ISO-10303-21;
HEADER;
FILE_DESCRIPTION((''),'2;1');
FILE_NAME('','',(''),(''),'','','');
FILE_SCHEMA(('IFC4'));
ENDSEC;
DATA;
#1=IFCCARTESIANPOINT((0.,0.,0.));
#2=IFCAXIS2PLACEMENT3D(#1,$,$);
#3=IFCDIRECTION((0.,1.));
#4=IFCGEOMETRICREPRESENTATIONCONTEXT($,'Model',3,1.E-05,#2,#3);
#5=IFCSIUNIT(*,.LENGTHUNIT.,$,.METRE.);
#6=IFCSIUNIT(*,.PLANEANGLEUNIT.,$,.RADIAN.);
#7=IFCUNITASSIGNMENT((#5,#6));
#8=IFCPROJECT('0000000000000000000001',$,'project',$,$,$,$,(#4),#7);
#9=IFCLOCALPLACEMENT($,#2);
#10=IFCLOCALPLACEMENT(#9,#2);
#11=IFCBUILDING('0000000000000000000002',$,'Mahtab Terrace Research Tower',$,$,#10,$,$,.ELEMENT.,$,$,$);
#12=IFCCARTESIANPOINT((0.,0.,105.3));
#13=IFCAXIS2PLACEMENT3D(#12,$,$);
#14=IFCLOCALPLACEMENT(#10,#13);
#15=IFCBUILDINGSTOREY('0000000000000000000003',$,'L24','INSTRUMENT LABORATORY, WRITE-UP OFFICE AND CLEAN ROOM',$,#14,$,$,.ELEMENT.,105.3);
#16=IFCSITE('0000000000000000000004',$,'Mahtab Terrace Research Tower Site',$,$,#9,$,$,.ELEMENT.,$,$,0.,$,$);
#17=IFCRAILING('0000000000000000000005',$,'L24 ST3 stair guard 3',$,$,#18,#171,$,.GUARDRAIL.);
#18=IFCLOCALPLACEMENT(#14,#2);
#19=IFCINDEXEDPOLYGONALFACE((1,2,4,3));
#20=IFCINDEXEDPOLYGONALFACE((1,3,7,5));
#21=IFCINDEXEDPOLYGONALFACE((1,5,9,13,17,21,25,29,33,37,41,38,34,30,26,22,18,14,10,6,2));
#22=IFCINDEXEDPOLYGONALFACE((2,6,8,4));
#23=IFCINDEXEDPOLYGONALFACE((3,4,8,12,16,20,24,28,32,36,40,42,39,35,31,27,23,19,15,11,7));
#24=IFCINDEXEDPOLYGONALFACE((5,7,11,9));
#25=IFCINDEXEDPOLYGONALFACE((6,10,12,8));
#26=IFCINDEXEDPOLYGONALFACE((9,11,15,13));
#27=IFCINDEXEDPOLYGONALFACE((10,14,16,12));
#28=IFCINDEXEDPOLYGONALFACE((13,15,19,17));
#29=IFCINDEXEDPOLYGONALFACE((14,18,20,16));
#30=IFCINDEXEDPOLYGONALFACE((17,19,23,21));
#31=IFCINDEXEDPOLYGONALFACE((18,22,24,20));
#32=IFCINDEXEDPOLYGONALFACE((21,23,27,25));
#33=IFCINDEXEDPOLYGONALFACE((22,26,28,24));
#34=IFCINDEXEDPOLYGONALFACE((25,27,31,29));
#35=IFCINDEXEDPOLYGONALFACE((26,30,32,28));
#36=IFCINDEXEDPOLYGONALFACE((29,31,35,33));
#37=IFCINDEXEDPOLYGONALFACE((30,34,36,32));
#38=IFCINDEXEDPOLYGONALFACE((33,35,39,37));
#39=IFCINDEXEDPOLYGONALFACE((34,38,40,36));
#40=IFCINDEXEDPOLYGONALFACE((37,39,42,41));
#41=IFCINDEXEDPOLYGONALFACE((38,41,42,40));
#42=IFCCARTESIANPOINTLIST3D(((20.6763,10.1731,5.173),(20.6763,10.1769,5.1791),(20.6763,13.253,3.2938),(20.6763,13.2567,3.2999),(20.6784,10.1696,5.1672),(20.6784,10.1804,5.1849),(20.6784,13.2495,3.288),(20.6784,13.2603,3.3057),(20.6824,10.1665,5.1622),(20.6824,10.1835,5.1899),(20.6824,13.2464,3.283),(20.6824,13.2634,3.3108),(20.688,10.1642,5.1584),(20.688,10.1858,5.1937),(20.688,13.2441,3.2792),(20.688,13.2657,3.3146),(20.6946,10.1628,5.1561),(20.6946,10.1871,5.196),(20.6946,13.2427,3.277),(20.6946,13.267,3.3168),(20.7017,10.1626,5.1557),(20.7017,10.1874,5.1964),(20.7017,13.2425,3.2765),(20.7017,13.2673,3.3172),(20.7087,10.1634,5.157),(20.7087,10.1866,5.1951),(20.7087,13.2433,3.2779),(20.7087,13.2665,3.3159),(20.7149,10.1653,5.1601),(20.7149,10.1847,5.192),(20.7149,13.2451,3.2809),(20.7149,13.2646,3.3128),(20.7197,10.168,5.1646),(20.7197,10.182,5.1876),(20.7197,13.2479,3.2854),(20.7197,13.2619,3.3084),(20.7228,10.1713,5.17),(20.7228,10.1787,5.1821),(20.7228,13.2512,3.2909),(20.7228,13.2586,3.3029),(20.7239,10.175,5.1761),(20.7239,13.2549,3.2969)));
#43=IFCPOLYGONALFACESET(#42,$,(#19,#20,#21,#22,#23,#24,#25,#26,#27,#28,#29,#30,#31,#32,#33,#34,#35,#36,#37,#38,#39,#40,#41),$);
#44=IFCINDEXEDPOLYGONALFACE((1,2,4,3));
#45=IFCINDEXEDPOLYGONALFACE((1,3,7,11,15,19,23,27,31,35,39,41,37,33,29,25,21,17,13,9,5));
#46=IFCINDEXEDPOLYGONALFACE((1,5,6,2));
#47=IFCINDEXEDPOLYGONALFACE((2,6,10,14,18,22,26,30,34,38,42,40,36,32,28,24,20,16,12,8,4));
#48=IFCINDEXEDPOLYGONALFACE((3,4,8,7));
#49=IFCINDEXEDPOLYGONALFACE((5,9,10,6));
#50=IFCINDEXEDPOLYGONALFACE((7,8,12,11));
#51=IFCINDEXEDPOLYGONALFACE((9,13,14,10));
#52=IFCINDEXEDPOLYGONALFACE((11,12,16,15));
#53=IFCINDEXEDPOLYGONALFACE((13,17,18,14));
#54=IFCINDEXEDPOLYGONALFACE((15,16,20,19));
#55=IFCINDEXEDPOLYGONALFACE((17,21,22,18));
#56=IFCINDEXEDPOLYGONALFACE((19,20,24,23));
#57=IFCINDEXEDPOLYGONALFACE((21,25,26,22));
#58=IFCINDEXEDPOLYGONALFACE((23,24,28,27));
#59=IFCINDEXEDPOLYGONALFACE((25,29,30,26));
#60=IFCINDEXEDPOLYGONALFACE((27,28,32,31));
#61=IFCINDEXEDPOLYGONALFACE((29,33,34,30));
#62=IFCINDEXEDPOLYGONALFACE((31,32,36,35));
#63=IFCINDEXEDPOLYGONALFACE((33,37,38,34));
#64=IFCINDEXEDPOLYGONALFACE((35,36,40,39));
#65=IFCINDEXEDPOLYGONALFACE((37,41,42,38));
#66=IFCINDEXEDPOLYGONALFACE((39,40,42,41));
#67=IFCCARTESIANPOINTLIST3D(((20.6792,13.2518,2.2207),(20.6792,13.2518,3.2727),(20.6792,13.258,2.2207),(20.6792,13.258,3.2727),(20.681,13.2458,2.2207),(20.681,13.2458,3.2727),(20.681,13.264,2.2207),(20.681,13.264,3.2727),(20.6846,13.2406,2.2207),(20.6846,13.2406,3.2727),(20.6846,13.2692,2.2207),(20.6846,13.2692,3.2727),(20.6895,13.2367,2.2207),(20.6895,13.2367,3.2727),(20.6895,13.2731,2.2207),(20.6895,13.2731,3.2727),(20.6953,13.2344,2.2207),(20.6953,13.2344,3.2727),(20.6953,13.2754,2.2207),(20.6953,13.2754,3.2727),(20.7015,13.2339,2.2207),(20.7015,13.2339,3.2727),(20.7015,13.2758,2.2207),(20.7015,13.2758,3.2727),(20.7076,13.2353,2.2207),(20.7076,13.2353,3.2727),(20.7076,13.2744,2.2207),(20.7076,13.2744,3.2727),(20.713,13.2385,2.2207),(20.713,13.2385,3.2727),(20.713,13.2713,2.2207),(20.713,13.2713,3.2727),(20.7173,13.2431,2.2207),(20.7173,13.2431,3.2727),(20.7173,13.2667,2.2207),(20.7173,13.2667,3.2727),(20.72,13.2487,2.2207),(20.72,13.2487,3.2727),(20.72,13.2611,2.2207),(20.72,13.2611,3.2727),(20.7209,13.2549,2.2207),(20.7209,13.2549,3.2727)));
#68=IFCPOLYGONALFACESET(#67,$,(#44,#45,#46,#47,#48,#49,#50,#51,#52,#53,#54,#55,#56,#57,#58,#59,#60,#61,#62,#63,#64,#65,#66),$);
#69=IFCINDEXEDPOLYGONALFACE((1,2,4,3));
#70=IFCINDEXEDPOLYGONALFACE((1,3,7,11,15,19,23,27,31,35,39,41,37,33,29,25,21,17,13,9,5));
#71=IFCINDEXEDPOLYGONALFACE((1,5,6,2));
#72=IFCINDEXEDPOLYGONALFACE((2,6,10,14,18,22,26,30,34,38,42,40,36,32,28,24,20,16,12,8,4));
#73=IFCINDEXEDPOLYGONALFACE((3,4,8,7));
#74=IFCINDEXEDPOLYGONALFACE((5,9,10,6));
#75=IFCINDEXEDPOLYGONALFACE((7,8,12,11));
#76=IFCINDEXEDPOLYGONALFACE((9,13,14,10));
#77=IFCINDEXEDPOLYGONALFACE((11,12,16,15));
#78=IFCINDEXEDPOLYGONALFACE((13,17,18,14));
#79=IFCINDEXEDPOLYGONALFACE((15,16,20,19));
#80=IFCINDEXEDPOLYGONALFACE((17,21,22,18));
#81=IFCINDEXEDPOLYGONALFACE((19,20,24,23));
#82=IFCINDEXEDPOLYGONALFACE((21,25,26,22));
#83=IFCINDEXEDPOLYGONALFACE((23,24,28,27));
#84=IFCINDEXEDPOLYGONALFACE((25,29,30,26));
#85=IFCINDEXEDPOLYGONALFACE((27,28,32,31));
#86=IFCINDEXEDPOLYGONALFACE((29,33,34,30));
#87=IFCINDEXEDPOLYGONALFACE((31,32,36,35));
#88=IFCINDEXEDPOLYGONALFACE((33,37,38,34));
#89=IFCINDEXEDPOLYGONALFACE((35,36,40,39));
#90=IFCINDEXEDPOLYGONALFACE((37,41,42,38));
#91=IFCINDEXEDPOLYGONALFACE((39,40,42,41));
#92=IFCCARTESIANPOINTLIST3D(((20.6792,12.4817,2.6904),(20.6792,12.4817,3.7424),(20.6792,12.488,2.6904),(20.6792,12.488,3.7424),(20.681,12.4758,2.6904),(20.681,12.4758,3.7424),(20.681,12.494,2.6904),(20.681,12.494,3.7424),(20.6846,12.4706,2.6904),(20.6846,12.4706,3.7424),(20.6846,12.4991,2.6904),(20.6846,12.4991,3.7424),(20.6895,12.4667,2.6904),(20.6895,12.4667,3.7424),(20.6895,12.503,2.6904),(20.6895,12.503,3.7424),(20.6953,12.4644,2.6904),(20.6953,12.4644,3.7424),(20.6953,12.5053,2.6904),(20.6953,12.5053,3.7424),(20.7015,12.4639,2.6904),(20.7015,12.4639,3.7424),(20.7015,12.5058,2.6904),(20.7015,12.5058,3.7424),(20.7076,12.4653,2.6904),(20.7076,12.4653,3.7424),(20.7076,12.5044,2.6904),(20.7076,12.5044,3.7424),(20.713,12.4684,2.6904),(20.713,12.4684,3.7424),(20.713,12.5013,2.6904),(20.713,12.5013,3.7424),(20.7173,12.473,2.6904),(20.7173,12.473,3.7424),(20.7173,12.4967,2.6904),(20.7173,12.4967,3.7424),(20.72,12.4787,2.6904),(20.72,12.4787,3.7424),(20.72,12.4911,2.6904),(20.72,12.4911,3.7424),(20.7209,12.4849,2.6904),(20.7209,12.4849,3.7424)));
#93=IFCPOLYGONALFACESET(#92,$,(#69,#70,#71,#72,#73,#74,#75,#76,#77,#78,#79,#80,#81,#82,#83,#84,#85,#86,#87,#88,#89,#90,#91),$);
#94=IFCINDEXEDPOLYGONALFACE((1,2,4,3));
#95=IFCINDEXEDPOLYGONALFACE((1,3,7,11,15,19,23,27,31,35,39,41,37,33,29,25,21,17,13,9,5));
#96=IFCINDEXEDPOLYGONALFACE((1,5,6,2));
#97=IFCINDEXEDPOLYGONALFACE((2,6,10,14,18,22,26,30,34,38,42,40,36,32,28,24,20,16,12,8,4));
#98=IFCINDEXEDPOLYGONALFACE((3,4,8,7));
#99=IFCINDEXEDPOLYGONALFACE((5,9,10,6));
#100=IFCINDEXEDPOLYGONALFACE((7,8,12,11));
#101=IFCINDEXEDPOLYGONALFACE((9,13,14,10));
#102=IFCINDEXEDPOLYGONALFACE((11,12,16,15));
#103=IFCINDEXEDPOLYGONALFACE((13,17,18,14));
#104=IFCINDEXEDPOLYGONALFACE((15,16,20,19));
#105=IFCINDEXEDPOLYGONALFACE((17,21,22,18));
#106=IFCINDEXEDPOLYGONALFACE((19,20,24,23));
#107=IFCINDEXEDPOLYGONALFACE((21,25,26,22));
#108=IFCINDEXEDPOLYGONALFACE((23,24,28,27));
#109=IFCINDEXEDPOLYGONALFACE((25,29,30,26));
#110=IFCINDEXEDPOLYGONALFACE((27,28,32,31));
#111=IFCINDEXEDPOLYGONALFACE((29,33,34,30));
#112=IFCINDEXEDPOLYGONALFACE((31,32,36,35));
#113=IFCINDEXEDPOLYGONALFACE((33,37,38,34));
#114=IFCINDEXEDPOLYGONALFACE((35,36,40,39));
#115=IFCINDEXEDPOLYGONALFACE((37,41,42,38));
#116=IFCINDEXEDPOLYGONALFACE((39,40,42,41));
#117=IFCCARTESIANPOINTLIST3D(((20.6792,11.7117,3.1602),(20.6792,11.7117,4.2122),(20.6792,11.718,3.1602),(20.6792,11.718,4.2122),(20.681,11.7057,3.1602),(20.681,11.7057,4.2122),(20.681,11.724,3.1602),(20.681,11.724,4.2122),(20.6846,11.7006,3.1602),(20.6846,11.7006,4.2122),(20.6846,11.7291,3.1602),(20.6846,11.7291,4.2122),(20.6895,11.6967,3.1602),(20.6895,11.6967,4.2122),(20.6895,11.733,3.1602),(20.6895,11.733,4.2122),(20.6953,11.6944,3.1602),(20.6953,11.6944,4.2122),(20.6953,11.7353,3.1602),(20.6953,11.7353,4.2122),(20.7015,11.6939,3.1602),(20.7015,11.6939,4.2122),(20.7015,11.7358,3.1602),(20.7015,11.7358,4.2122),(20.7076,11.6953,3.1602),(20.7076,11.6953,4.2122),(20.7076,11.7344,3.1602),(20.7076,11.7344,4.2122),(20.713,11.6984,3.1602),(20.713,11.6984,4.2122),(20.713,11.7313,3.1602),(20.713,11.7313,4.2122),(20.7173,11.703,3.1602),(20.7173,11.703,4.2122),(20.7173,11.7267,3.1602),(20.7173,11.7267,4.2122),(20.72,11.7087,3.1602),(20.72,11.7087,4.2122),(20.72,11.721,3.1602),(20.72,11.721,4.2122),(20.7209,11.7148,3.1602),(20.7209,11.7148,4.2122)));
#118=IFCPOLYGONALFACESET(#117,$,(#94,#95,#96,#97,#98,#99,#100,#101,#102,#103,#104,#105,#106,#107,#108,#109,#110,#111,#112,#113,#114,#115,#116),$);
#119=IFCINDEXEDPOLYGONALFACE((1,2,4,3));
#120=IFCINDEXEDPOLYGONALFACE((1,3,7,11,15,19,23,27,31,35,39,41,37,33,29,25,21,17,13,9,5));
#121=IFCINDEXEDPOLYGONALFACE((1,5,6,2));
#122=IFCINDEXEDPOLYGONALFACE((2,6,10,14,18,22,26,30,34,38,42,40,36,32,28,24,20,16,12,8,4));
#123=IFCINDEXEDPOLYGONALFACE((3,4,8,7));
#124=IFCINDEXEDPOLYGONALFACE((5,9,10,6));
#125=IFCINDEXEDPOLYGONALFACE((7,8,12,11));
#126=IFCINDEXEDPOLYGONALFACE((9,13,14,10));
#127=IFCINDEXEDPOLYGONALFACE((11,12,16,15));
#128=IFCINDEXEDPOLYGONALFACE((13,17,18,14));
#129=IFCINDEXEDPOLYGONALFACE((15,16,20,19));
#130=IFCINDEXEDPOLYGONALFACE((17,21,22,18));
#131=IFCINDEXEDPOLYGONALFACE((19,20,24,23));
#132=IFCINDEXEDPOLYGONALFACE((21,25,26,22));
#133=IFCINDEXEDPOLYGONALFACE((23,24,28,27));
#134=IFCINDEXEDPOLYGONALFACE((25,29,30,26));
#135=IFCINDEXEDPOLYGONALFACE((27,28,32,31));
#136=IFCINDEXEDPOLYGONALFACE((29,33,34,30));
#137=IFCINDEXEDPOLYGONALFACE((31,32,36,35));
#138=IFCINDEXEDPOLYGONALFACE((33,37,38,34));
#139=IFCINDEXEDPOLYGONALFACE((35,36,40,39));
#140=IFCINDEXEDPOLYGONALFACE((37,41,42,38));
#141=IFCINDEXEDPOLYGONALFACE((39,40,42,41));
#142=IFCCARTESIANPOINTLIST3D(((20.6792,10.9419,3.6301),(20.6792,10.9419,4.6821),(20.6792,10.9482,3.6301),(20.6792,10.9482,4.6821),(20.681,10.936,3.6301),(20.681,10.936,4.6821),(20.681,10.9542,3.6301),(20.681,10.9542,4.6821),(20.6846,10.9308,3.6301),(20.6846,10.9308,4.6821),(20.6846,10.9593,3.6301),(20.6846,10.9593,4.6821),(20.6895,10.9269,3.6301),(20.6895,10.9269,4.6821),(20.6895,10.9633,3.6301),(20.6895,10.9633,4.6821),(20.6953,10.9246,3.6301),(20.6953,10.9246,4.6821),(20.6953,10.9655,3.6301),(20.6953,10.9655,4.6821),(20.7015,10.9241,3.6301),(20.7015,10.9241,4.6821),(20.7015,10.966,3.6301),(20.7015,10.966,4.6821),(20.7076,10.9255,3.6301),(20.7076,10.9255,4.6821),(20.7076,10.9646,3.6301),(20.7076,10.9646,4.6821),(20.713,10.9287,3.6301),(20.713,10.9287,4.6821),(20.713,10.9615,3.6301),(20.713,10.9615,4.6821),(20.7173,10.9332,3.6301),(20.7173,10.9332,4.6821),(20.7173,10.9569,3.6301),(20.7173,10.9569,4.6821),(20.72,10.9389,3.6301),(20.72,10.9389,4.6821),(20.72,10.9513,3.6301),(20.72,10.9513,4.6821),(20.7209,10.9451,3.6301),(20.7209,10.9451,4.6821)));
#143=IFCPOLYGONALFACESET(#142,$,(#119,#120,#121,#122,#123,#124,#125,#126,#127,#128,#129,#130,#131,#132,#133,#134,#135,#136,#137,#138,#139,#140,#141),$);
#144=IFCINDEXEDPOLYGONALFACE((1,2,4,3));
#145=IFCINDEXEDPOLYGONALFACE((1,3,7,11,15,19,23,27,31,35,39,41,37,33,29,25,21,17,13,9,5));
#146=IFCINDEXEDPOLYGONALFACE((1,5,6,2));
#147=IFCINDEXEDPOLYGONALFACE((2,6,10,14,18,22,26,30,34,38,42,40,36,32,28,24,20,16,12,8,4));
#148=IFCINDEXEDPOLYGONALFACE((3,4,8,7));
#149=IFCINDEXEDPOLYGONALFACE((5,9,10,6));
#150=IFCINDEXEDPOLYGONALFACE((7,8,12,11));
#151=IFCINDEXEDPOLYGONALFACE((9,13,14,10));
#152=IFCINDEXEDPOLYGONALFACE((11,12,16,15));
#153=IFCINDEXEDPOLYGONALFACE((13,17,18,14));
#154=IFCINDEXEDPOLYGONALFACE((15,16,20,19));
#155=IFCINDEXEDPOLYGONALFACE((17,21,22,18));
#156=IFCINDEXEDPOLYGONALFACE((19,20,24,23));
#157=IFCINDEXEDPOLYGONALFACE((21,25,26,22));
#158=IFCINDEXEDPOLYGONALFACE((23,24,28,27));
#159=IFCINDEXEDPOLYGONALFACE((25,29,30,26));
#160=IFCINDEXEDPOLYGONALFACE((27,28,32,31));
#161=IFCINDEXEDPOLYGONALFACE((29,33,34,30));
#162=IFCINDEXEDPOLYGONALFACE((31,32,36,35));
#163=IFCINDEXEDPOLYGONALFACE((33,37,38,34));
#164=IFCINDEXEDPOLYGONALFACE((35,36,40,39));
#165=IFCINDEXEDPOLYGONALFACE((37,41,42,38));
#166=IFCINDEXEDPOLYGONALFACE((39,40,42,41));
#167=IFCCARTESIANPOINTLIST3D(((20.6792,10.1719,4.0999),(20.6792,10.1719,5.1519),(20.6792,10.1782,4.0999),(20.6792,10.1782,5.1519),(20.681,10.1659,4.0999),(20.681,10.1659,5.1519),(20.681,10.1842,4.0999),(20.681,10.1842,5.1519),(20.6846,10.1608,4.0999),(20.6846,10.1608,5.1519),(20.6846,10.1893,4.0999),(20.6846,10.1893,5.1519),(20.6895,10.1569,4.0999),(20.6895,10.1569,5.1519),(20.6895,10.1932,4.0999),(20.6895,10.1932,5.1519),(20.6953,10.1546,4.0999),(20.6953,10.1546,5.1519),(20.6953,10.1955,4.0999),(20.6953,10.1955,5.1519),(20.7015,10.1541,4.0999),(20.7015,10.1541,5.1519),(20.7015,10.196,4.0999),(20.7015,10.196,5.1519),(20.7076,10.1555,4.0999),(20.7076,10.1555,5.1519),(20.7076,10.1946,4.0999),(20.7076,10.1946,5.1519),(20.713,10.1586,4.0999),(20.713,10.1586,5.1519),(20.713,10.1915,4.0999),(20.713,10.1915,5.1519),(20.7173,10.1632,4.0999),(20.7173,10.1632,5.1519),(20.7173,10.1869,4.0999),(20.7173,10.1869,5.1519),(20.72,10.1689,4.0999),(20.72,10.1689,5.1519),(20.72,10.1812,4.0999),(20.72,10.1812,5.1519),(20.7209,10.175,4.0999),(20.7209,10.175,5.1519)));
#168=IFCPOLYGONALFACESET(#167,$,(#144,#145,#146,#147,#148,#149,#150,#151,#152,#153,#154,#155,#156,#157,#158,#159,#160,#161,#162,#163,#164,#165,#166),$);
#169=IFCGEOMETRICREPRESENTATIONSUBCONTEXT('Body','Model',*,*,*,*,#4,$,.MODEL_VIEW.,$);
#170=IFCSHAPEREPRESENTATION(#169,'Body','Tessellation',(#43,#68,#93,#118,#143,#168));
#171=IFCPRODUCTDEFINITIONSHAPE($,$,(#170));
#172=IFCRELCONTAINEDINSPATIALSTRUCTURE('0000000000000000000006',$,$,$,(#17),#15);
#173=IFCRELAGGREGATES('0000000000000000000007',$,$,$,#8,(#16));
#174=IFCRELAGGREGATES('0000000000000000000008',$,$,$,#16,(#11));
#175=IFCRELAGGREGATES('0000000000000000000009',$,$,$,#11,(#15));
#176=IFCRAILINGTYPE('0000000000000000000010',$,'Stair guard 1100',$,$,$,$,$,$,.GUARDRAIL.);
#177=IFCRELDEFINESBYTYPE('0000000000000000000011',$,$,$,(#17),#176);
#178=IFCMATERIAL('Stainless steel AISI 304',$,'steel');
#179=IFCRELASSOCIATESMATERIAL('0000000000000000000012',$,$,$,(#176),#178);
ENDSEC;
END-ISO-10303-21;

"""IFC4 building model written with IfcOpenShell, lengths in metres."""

from ifc_helpers import new_model, si_unit, direction, frame, origin, origin_2d, place, context, subcontext, project, spatial, circle, extrude, material, type_object, element, save


model = new_model("IFC4")

# Units and contexts
model_context = context("Model", 3, precision=1e-05, world=origin(), true_north=direction((0.0, 1.0)))
body_context = subcontext(model_context, "Body", "Model", "MODEL_VIEW")
ifc_project = project(units=[si_unit("LENGTHUNIT", "METRE"), si_unit("PLANEANGLEUNIT", "RADIAN")], contexts=[model_context])

# Site, building, storey
site_placement = place(None, origin())
site = spatial("IfcSite", under=ifc_project, at=site_placement, Name="Mahtab Terrace Research Tower Site", CompositionType="ELEMENT", RefElevation=0.0)
building_placement = place(site_placement, origin())
building = spatial("IfcBuilding", under=site, at=building_placement, Name="Mahtab Terrace Research Tower", CompositionType="ELEMENT")
storey_placement = place(building_placement, frame((0.0, 0.0, 105.3)))
storey = spatial("IfcBuildingStorey", under=building, at=storey_placement, Name="L24", Description="INSTRUMENT LABORATORY, WRITE-UP OFFICE AND CLEAN ROOM", CompositionType="ELEMENT", Elevation=105.3)

# Shared definitions
ifc_material_1 = material(Name="Stainless steel AISI 304", Category="steel")

# Railing
railing_type_1 = type_object("IfcRailingType", Name="Stair guard 1100", PredefinedType="GUARDRAIL", material=ifc_material_1)
railing_1_placement = place(storey_placement, frame((20.7, 13.2549, 2.2207)))
element("IfcRailing", 1, at=railing_1_placement, inside=storey, type_object=railing_type_1, Name="L24 ST3 stair guard 3", PredefinedType="GUARDRAIL", context=body_context, shape_type="SweptSolid", body=[
    extrude(circle(Radius=0.0239, at=origin_2d()), frame((0.0, 0.0, 1.0762), z_axis=(0.0, -0.853648, 0.52085), x_axis=(1.0, 0.0, 0.0)), (0.0, 0.0, 1.0), 3.6079),
    extrude(circle(Radius=0.021, at=origin_2d()), origin(), (0.0, 0.0, 1.0), 1.052),
    extrude(circle(Radius=0.021, at=origin_2d()), frame((0.0, -0.77, 0.4697)), (0.0, 0.0, 1.0), 1.052),
    extrude(circle(Radius=0.021, at=origin_2d()), frame((0.0, -1.54, 0.9395)), (0.0, 0.0, 1.0), 1.052),
    extrude(circle(Radius=0.021, at=origin_2d()), frame((0.0, -2.3098, 1.4094)), (0.0, 0.0, 1.0), 1.052),
    extrude(circle(Radius=0.021, at=origin_2d()), frame((0.0, -3.0798, 1.8792)), (0.0, 0.0, 1.0), 1.052),
])

save(model, "model.ifc")
